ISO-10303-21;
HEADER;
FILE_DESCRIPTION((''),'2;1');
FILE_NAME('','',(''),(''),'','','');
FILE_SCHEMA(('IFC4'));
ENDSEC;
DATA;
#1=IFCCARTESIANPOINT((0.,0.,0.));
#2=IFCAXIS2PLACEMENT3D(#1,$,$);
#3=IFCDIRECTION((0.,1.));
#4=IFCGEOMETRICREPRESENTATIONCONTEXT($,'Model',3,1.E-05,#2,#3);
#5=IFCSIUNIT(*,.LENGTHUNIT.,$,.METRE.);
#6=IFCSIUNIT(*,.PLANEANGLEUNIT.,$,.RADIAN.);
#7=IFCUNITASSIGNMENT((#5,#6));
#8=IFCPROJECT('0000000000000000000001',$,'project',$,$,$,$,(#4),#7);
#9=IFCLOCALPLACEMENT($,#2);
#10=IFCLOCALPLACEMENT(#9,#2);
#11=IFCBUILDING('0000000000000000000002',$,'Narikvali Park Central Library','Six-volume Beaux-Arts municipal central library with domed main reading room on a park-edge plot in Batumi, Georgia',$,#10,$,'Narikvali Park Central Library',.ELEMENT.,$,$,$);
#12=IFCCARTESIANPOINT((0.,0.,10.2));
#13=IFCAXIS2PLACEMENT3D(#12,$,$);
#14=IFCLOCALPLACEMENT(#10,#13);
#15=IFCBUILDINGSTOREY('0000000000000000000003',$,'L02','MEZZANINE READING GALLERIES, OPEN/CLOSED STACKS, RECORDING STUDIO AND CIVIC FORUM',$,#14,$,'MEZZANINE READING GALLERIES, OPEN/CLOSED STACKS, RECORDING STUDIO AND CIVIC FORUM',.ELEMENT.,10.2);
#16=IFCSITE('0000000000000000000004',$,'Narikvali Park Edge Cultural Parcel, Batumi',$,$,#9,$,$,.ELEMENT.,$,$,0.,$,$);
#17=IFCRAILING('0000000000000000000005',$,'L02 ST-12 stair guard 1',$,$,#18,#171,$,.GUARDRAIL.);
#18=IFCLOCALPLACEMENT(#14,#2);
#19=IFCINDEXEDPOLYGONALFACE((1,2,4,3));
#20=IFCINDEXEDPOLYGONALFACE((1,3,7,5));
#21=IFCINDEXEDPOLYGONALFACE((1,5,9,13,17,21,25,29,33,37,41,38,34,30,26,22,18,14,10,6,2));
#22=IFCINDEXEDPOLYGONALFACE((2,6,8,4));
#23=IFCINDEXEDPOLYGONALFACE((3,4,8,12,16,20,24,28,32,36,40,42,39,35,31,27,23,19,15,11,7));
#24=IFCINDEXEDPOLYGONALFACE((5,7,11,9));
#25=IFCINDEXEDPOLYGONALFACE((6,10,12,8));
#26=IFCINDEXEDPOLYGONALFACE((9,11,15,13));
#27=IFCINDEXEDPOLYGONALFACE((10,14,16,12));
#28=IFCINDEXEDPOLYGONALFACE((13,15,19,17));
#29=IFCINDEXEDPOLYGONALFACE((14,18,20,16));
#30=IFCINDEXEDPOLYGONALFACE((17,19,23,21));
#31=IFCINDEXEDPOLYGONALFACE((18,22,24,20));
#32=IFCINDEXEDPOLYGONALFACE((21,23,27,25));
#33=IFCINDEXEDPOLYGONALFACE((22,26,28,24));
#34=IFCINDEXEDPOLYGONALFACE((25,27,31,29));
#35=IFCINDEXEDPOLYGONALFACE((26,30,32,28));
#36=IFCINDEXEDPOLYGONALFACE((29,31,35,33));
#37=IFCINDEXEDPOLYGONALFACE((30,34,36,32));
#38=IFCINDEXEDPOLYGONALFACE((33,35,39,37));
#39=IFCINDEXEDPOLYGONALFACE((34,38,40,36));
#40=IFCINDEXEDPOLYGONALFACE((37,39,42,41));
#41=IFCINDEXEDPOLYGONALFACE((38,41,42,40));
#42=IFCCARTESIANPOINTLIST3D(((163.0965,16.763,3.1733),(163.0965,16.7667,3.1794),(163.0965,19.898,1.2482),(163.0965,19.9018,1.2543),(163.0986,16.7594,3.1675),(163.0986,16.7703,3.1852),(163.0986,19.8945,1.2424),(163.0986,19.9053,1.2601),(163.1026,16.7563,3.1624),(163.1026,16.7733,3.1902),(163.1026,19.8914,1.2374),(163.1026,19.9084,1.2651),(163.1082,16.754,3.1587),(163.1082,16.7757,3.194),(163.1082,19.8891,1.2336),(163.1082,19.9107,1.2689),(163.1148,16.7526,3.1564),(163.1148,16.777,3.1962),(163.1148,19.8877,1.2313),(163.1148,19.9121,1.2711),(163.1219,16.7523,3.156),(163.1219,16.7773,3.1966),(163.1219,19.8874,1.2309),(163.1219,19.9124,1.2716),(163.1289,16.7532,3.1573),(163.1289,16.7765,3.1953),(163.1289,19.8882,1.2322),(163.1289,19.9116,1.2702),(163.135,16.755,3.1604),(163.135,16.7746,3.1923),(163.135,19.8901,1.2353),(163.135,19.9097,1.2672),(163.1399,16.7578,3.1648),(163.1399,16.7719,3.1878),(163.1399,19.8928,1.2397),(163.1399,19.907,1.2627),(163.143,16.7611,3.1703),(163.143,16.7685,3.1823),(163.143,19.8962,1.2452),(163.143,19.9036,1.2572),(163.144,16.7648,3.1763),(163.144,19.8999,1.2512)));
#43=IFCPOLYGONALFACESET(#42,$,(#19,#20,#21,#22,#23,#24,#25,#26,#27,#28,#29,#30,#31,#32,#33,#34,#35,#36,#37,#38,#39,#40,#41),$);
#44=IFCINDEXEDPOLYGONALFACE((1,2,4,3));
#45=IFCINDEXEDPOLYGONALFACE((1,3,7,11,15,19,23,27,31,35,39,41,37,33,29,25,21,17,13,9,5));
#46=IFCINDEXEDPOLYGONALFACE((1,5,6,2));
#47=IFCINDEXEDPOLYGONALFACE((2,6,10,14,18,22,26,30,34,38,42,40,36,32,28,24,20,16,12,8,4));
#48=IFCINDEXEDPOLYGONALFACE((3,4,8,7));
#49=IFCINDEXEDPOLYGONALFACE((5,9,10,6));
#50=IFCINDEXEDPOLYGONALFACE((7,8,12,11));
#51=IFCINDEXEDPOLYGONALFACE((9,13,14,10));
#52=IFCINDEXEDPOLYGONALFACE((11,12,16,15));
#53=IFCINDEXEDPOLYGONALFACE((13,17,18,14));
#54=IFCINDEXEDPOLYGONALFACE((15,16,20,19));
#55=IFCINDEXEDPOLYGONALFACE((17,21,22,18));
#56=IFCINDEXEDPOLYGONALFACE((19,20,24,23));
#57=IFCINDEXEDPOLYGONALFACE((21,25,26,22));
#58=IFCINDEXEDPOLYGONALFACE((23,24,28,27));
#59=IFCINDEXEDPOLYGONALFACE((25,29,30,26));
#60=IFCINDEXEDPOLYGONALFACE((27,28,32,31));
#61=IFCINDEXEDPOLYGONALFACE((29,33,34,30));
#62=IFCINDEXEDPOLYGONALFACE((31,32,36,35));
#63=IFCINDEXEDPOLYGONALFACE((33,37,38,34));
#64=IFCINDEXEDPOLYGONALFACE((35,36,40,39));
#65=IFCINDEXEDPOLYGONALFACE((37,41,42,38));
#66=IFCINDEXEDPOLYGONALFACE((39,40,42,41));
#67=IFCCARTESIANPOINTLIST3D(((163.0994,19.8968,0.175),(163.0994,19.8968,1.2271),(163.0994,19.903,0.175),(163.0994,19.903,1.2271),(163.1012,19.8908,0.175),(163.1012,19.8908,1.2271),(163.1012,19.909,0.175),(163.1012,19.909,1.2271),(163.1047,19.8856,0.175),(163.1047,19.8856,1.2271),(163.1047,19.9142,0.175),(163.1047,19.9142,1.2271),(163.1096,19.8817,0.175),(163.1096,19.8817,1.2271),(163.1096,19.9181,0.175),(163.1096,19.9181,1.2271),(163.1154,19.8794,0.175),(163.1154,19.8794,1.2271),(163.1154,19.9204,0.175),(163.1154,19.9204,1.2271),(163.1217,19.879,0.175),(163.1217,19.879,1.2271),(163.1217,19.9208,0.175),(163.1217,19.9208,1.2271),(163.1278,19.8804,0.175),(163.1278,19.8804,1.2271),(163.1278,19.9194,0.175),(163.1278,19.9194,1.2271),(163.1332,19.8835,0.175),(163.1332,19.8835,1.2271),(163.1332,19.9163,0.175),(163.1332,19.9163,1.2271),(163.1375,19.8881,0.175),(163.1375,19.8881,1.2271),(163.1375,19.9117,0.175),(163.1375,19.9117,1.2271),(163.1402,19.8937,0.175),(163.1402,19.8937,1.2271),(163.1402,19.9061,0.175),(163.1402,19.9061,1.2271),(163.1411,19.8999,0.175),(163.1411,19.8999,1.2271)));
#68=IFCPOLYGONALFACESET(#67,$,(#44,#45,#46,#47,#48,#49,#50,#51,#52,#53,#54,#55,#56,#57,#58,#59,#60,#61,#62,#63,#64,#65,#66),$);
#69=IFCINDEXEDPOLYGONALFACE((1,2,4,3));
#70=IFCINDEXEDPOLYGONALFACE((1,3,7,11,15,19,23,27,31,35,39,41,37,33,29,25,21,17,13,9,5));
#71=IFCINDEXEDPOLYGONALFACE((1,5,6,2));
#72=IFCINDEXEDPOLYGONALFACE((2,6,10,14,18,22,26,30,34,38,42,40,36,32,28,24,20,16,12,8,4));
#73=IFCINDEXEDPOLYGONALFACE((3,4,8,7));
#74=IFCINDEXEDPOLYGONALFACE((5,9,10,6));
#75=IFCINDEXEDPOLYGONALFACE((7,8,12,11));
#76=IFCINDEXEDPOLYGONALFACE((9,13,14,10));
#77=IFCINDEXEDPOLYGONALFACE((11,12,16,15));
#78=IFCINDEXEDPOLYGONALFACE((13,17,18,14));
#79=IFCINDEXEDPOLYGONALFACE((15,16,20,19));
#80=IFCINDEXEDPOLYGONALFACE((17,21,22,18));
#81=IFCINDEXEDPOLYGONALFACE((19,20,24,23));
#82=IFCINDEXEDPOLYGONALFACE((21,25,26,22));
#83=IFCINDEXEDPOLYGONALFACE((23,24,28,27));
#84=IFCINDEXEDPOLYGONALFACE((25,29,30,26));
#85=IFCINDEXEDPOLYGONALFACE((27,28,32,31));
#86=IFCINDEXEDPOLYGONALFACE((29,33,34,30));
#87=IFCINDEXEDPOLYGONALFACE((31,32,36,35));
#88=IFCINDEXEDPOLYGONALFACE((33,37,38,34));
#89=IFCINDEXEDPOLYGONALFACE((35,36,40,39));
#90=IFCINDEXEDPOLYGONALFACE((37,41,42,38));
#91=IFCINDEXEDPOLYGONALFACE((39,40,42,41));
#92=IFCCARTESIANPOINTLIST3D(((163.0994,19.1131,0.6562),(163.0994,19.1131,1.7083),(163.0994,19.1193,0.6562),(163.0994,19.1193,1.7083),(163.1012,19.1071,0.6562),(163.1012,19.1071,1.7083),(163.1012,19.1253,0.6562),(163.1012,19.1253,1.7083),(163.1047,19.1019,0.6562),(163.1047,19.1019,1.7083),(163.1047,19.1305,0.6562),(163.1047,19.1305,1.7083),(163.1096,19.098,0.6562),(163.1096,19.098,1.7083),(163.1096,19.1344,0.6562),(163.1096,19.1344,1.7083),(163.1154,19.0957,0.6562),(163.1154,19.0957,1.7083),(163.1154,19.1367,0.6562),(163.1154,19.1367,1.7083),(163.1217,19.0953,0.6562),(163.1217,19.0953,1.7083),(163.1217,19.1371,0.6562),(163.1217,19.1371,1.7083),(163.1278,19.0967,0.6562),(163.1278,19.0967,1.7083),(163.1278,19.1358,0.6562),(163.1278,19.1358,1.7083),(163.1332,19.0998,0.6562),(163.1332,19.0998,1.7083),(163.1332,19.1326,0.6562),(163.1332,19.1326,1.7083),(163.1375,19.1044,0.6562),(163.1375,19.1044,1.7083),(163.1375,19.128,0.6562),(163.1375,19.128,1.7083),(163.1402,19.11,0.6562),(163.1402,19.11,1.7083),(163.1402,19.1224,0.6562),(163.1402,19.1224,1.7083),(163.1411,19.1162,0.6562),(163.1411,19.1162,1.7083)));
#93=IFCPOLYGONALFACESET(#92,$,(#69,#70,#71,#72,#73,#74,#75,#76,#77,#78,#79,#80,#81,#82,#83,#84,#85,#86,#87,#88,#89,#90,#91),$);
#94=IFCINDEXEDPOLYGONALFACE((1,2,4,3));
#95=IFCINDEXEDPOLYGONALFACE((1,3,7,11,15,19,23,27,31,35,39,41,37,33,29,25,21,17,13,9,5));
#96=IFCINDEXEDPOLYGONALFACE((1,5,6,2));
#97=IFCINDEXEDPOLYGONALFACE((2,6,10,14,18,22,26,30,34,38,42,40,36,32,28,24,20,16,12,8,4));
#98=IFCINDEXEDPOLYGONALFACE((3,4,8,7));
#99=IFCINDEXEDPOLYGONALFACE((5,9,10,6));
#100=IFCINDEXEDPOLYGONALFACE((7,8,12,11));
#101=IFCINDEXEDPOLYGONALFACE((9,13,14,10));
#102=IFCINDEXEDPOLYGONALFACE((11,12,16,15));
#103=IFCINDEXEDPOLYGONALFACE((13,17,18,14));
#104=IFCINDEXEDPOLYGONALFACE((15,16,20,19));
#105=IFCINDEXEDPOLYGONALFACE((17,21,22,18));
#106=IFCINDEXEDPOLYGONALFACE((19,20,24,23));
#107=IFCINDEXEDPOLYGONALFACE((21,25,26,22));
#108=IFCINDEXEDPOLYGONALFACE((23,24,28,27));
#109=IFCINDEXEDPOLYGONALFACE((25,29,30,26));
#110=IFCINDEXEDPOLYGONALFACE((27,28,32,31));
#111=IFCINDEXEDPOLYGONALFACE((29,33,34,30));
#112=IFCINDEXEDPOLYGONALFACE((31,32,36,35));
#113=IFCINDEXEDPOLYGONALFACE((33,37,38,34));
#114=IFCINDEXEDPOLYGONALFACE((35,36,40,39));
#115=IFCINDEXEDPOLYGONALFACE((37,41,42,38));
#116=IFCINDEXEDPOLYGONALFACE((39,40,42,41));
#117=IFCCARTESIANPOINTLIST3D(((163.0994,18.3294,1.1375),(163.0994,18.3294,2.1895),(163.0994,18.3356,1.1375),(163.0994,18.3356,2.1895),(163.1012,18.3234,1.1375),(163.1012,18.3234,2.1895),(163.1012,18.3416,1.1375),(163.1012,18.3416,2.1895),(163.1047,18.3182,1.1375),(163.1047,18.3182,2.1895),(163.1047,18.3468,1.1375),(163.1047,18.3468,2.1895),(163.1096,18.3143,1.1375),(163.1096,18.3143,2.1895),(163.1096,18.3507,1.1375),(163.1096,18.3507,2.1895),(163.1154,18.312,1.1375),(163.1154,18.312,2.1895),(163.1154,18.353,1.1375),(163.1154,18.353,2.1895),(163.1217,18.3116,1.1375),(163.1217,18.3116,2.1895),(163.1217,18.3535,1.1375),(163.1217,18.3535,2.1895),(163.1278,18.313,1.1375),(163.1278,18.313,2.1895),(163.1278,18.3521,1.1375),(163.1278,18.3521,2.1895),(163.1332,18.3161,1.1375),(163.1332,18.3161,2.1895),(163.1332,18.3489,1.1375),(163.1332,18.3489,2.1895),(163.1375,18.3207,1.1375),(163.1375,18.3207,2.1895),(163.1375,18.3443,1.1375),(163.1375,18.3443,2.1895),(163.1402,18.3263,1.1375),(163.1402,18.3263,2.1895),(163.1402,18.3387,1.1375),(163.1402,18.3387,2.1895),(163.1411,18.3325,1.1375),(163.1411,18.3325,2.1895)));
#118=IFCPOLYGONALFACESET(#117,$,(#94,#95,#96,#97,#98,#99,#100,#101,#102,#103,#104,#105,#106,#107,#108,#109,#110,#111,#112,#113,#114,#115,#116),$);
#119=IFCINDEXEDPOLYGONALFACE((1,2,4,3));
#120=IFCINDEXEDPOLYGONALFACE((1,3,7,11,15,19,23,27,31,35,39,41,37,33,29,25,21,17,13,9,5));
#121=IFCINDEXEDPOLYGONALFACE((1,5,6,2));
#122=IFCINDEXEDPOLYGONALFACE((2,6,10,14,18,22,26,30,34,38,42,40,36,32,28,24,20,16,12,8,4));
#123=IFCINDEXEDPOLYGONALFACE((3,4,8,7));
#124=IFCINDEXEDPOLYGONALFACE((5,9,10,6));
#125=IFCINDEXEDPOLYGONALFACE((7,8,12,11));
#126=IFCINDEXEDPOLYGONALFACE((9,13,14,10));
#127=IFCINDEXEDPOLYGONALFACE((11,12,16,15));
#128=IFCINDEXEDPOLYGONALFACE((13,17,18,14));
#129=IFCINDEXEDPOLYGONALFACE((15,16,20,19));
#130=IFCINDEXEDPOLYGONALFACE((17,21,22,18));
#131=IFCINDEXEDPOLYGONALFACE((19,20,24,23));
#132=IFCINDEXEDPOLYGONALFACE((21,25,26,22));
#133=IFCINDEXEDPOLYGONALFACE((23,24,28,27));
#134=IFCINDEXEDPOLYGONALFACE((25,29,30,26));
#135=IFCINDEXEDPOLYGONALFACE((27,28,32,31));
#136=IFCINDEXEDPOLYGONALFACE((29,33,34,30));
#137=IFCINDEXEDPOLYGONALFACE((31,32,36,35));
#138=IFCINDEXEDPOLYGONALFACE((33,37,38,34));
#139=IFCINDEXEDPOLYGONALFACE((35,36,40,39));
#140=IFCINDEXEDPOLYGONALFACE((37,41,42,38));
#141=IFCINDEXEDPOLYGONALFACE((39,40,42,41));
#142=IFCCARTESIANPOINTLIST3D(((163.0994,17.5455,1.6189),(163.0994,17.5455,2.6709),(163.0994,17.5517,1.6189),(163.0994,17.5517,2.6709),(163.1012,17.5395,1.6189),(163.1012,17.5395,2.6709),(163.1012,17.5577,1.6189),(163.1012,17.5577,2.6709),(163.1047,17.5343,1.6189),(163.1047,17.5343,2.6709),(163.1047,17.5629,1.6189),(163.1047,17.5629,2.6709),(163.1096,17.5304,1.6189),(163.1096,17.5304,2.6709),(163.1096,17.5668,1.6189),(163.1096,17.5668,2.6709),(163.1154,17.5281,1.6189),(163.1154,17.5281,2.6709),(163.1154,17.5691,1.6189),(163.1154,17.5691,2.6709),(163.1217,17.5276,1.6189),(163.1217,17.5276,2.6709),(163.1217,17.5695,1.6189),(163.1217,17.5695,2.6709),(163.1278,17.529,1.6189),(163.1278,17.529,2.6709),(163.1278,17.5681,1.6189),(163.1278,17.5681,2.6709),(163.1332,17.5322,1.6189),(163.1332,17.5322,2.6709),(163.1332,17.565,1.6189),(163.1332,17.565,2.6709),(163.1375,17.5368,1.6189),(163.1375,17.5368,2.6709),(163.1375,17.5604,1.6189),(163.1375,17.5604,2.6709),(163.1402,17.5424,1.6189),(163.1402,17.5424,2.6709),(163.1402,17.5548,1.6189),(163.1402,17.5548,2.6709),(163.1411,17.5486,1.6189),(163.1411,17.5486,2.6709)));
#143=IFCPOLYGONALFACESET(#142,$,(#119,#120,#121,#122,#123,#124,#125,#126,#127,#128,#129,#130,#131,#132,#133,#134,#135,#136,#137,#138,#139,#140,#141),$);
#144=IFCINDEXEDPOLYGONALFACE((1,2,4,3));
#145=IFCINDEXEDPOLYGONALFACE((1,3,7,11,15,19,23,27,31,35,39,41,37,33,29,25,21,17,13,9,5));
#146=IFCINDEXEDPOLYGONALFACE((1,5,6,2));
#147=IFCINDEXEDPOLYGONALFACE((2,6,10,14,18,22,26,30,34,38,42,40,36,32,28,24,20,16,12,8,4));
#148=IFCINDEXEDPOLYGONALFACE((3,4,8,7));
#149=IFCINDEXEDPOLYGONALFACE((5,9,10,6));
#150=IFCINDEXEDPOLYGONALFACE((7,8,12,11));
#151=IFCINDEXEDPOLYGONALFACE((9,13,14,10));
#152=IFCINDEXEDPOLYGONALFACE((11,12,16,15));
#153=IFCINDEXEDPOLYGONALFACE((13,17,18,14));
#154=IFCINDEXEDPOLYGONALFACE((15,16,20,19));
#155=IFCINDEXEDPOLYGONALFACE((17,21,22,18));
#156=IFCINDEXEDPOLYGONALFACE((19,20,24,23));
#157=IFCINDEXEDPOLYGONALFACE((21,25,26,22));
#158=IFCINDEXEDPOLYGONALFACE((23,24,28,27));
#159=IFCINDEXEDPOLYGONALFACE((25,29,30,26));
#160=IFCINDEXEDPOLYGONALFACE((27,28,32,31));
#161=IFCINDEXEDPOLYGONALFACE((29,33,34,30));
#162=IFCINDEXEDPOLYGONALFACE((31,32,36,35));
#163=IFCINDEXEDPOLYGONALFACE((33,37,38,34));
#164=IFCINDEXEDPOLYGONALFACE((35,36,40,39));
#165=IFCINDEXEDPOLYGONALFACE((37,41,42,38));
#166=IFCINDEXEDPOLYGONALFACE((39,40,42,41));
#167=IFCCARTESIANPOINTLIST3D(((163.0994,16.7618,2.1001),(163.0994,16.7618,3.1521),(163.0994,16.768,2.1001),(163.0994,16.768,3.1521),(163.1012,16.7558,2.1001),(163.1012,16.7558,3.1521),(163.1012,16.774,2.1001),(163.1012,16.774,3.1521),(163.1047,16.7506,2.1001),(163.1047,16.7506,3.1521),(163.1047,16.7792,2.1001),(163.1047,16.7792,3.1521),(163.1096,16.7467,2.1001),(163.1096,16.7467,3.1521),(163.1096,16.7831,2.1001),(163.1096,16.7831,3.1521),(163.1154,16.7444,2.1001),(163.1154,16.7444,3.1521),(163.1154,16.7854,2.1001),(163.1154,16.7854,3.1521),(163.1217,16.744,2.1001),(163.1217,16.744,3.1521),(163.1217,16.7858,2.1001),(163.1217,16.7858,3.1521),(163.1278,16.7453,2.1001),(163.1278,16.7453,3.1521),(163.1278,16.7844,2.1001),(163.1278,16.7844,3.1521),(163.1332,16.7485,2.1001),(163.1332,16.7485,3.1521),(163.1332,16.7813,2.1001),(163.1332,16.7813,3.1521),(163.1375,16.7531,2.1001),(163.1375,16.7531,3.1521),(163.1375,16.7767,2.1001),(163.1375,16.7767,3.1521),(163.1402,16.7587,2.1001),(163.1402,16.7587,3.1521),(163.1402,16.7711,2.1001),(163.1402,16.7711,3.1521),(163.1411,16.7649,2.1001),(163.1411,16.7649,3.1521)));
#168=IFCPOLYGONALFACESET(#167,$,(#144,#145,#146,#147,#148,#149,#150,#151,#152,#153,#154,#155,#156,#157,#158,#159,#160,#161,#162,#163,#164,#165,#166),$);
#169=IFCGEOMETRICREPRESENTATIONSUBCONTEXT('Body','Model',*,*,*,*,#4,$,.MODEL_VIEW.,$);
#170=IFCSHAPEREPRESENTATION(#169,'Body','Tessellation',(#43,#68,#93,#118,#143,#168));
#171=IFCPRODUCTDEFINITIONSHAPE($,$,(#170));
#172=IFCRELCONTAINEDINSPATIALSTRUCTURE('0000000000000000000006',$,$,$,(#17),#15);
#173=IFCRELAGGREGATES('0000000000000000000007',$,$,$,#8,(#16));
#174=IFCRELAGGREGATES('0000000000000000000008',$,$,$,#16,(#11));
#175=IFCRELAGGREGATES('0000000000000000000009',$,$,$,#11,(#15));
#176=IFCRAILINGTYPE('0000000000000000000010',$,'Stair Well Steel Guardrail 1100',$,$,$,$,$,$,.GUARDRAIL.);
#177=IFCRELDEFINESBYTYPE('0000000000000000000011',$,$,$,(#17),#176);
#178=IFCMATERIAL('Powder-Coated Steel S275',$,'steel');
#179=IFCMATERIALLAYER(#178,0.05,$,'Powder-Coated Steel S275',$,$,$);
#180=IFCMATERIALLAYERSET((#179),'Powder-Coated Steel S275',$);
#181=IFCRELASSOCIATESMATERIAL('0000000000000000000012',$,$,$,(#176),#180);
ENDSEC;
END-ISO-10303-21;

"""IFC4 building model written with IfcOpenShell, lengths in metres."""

from ifc_helpers import new_model, si_unit, direction, frame, origin, origin_2d, place, context, subcontext, project, spatial, circle, extrude, material, layer, layer_set, type_object, element, save


model = new_model("IFC4")

# Units and contexts
model_context = context("Model", 3, precision=1e-05, world=origin(), true_north=direction((0.0, 1.0)))
body_context = subcontext(model_context, "Body", "Model", "MODEL_VIEW")
ifc_project = project(units=[si_unit("LENGTHUNIT", "METRE"), si_unit("PLANEANGLEUNIT", "RADIAN")], contexts=[model_context])

# Site, building, storey
site_placement = place(None, origin())
site = spatial("IfcSite", under=ifc_project, at=site_placement, Name="Narikvali Park Edge Cultural Parcel, Batumi", CompositionType="ELEMENT", RefElevation=0.0)
building_placement = place(site_placement, origin())
building = spatial("IfcBuilding", under=site, at=building_placement, Name="Narikvali Park Central Library", Description="Six-volume Beaux-Arts municipal central library with domed main reading room on a park-edge plot in Batumi, Georgia", LongName="Narikvali Park Central Library", CompositionType="ELEMENT")
storey_placement = place(building_placement, frame((0.0, 0.0, 10.2)))
storey = spatial("IfcBuildingStorey", under=building, at=storey_placement, Name="L02", Description="MEZZANINE READING GALLERIES, OPEN/CLOSED STACKS, RECORDING STUDIO AND CIVIC FORUM", LongName="MEZZANINE READING GALLERIES, OPEN/CLOSED STACKS, RECORDING STUDIO AND CIVIC FORUM", CompositionType="ELEMENT", Elevation=10.2)

# Railing
ifc_material_1 = material(Name="Powder-Coated Steel S275", Category="steel")
ifc_layer_1 = layer(ifc_material_1, 0.05, Name="Powder-Coated Steel S275")
ifc_layer_set_1 = layer_set([ifc_layer_1], Name="Powder-Coated Steel S275")
railing_type_1 = type_object("IfcRailingType", Name="Stair Well Steel Guardrail 1100", PredefinedType="GUARDRAIL", material=ifc_layer_set_1)
railing_1_placement = place(storey_placement, frame((163.1201, 19.8999, 0.175)))
element("IfcRailing", 1, at=railing_1_placement, inside=storey, type_object=railing_type_1, Name="L02 ST-12 stair guard 1", PredefinedType="GUARDRAIL", context=body_context, shape_type="SweptSolid", body=[
    extrude(circle(Radius=0.0239, at=origin_2d()), frame((0.0, 0.0, 1.0762), z_axis=(0.0, -0.852166, 0.523271), x_axis=(1.0, 0.0, 0.0)), (0.0, 0.0, 1.0), 3.679),
    extrude(circle(Radius=0.021, at=origin_2d()), origin(), (0.0, 0.0, 1.0), 1.052),
    extrude(circle(Radius=0.021, at=origin_2d()), frame((0.0, -0.7837, 0.4812)), (0.0, 0.0, 1.0), 1.052),
    extrude(circle(Radius=0.021, at=origin_2d()), frame((0.0, -1.5674, 0.9624)), (0.0, 0.0, 1.0), 1.052),
    extrude(circle(Radius=0.021, at=origin_2d()), frame((0.0, -2.3513, 1.4438)), (0.0, 0.0, 1.0), 1.052),
    extrude(circle(Radius=0.021, at=origin_2d()), frame((0.0, -3.135, 1.925)), (0.0, 0.0, 1.0), 1.052),
])

save(model, "model.ifc")
